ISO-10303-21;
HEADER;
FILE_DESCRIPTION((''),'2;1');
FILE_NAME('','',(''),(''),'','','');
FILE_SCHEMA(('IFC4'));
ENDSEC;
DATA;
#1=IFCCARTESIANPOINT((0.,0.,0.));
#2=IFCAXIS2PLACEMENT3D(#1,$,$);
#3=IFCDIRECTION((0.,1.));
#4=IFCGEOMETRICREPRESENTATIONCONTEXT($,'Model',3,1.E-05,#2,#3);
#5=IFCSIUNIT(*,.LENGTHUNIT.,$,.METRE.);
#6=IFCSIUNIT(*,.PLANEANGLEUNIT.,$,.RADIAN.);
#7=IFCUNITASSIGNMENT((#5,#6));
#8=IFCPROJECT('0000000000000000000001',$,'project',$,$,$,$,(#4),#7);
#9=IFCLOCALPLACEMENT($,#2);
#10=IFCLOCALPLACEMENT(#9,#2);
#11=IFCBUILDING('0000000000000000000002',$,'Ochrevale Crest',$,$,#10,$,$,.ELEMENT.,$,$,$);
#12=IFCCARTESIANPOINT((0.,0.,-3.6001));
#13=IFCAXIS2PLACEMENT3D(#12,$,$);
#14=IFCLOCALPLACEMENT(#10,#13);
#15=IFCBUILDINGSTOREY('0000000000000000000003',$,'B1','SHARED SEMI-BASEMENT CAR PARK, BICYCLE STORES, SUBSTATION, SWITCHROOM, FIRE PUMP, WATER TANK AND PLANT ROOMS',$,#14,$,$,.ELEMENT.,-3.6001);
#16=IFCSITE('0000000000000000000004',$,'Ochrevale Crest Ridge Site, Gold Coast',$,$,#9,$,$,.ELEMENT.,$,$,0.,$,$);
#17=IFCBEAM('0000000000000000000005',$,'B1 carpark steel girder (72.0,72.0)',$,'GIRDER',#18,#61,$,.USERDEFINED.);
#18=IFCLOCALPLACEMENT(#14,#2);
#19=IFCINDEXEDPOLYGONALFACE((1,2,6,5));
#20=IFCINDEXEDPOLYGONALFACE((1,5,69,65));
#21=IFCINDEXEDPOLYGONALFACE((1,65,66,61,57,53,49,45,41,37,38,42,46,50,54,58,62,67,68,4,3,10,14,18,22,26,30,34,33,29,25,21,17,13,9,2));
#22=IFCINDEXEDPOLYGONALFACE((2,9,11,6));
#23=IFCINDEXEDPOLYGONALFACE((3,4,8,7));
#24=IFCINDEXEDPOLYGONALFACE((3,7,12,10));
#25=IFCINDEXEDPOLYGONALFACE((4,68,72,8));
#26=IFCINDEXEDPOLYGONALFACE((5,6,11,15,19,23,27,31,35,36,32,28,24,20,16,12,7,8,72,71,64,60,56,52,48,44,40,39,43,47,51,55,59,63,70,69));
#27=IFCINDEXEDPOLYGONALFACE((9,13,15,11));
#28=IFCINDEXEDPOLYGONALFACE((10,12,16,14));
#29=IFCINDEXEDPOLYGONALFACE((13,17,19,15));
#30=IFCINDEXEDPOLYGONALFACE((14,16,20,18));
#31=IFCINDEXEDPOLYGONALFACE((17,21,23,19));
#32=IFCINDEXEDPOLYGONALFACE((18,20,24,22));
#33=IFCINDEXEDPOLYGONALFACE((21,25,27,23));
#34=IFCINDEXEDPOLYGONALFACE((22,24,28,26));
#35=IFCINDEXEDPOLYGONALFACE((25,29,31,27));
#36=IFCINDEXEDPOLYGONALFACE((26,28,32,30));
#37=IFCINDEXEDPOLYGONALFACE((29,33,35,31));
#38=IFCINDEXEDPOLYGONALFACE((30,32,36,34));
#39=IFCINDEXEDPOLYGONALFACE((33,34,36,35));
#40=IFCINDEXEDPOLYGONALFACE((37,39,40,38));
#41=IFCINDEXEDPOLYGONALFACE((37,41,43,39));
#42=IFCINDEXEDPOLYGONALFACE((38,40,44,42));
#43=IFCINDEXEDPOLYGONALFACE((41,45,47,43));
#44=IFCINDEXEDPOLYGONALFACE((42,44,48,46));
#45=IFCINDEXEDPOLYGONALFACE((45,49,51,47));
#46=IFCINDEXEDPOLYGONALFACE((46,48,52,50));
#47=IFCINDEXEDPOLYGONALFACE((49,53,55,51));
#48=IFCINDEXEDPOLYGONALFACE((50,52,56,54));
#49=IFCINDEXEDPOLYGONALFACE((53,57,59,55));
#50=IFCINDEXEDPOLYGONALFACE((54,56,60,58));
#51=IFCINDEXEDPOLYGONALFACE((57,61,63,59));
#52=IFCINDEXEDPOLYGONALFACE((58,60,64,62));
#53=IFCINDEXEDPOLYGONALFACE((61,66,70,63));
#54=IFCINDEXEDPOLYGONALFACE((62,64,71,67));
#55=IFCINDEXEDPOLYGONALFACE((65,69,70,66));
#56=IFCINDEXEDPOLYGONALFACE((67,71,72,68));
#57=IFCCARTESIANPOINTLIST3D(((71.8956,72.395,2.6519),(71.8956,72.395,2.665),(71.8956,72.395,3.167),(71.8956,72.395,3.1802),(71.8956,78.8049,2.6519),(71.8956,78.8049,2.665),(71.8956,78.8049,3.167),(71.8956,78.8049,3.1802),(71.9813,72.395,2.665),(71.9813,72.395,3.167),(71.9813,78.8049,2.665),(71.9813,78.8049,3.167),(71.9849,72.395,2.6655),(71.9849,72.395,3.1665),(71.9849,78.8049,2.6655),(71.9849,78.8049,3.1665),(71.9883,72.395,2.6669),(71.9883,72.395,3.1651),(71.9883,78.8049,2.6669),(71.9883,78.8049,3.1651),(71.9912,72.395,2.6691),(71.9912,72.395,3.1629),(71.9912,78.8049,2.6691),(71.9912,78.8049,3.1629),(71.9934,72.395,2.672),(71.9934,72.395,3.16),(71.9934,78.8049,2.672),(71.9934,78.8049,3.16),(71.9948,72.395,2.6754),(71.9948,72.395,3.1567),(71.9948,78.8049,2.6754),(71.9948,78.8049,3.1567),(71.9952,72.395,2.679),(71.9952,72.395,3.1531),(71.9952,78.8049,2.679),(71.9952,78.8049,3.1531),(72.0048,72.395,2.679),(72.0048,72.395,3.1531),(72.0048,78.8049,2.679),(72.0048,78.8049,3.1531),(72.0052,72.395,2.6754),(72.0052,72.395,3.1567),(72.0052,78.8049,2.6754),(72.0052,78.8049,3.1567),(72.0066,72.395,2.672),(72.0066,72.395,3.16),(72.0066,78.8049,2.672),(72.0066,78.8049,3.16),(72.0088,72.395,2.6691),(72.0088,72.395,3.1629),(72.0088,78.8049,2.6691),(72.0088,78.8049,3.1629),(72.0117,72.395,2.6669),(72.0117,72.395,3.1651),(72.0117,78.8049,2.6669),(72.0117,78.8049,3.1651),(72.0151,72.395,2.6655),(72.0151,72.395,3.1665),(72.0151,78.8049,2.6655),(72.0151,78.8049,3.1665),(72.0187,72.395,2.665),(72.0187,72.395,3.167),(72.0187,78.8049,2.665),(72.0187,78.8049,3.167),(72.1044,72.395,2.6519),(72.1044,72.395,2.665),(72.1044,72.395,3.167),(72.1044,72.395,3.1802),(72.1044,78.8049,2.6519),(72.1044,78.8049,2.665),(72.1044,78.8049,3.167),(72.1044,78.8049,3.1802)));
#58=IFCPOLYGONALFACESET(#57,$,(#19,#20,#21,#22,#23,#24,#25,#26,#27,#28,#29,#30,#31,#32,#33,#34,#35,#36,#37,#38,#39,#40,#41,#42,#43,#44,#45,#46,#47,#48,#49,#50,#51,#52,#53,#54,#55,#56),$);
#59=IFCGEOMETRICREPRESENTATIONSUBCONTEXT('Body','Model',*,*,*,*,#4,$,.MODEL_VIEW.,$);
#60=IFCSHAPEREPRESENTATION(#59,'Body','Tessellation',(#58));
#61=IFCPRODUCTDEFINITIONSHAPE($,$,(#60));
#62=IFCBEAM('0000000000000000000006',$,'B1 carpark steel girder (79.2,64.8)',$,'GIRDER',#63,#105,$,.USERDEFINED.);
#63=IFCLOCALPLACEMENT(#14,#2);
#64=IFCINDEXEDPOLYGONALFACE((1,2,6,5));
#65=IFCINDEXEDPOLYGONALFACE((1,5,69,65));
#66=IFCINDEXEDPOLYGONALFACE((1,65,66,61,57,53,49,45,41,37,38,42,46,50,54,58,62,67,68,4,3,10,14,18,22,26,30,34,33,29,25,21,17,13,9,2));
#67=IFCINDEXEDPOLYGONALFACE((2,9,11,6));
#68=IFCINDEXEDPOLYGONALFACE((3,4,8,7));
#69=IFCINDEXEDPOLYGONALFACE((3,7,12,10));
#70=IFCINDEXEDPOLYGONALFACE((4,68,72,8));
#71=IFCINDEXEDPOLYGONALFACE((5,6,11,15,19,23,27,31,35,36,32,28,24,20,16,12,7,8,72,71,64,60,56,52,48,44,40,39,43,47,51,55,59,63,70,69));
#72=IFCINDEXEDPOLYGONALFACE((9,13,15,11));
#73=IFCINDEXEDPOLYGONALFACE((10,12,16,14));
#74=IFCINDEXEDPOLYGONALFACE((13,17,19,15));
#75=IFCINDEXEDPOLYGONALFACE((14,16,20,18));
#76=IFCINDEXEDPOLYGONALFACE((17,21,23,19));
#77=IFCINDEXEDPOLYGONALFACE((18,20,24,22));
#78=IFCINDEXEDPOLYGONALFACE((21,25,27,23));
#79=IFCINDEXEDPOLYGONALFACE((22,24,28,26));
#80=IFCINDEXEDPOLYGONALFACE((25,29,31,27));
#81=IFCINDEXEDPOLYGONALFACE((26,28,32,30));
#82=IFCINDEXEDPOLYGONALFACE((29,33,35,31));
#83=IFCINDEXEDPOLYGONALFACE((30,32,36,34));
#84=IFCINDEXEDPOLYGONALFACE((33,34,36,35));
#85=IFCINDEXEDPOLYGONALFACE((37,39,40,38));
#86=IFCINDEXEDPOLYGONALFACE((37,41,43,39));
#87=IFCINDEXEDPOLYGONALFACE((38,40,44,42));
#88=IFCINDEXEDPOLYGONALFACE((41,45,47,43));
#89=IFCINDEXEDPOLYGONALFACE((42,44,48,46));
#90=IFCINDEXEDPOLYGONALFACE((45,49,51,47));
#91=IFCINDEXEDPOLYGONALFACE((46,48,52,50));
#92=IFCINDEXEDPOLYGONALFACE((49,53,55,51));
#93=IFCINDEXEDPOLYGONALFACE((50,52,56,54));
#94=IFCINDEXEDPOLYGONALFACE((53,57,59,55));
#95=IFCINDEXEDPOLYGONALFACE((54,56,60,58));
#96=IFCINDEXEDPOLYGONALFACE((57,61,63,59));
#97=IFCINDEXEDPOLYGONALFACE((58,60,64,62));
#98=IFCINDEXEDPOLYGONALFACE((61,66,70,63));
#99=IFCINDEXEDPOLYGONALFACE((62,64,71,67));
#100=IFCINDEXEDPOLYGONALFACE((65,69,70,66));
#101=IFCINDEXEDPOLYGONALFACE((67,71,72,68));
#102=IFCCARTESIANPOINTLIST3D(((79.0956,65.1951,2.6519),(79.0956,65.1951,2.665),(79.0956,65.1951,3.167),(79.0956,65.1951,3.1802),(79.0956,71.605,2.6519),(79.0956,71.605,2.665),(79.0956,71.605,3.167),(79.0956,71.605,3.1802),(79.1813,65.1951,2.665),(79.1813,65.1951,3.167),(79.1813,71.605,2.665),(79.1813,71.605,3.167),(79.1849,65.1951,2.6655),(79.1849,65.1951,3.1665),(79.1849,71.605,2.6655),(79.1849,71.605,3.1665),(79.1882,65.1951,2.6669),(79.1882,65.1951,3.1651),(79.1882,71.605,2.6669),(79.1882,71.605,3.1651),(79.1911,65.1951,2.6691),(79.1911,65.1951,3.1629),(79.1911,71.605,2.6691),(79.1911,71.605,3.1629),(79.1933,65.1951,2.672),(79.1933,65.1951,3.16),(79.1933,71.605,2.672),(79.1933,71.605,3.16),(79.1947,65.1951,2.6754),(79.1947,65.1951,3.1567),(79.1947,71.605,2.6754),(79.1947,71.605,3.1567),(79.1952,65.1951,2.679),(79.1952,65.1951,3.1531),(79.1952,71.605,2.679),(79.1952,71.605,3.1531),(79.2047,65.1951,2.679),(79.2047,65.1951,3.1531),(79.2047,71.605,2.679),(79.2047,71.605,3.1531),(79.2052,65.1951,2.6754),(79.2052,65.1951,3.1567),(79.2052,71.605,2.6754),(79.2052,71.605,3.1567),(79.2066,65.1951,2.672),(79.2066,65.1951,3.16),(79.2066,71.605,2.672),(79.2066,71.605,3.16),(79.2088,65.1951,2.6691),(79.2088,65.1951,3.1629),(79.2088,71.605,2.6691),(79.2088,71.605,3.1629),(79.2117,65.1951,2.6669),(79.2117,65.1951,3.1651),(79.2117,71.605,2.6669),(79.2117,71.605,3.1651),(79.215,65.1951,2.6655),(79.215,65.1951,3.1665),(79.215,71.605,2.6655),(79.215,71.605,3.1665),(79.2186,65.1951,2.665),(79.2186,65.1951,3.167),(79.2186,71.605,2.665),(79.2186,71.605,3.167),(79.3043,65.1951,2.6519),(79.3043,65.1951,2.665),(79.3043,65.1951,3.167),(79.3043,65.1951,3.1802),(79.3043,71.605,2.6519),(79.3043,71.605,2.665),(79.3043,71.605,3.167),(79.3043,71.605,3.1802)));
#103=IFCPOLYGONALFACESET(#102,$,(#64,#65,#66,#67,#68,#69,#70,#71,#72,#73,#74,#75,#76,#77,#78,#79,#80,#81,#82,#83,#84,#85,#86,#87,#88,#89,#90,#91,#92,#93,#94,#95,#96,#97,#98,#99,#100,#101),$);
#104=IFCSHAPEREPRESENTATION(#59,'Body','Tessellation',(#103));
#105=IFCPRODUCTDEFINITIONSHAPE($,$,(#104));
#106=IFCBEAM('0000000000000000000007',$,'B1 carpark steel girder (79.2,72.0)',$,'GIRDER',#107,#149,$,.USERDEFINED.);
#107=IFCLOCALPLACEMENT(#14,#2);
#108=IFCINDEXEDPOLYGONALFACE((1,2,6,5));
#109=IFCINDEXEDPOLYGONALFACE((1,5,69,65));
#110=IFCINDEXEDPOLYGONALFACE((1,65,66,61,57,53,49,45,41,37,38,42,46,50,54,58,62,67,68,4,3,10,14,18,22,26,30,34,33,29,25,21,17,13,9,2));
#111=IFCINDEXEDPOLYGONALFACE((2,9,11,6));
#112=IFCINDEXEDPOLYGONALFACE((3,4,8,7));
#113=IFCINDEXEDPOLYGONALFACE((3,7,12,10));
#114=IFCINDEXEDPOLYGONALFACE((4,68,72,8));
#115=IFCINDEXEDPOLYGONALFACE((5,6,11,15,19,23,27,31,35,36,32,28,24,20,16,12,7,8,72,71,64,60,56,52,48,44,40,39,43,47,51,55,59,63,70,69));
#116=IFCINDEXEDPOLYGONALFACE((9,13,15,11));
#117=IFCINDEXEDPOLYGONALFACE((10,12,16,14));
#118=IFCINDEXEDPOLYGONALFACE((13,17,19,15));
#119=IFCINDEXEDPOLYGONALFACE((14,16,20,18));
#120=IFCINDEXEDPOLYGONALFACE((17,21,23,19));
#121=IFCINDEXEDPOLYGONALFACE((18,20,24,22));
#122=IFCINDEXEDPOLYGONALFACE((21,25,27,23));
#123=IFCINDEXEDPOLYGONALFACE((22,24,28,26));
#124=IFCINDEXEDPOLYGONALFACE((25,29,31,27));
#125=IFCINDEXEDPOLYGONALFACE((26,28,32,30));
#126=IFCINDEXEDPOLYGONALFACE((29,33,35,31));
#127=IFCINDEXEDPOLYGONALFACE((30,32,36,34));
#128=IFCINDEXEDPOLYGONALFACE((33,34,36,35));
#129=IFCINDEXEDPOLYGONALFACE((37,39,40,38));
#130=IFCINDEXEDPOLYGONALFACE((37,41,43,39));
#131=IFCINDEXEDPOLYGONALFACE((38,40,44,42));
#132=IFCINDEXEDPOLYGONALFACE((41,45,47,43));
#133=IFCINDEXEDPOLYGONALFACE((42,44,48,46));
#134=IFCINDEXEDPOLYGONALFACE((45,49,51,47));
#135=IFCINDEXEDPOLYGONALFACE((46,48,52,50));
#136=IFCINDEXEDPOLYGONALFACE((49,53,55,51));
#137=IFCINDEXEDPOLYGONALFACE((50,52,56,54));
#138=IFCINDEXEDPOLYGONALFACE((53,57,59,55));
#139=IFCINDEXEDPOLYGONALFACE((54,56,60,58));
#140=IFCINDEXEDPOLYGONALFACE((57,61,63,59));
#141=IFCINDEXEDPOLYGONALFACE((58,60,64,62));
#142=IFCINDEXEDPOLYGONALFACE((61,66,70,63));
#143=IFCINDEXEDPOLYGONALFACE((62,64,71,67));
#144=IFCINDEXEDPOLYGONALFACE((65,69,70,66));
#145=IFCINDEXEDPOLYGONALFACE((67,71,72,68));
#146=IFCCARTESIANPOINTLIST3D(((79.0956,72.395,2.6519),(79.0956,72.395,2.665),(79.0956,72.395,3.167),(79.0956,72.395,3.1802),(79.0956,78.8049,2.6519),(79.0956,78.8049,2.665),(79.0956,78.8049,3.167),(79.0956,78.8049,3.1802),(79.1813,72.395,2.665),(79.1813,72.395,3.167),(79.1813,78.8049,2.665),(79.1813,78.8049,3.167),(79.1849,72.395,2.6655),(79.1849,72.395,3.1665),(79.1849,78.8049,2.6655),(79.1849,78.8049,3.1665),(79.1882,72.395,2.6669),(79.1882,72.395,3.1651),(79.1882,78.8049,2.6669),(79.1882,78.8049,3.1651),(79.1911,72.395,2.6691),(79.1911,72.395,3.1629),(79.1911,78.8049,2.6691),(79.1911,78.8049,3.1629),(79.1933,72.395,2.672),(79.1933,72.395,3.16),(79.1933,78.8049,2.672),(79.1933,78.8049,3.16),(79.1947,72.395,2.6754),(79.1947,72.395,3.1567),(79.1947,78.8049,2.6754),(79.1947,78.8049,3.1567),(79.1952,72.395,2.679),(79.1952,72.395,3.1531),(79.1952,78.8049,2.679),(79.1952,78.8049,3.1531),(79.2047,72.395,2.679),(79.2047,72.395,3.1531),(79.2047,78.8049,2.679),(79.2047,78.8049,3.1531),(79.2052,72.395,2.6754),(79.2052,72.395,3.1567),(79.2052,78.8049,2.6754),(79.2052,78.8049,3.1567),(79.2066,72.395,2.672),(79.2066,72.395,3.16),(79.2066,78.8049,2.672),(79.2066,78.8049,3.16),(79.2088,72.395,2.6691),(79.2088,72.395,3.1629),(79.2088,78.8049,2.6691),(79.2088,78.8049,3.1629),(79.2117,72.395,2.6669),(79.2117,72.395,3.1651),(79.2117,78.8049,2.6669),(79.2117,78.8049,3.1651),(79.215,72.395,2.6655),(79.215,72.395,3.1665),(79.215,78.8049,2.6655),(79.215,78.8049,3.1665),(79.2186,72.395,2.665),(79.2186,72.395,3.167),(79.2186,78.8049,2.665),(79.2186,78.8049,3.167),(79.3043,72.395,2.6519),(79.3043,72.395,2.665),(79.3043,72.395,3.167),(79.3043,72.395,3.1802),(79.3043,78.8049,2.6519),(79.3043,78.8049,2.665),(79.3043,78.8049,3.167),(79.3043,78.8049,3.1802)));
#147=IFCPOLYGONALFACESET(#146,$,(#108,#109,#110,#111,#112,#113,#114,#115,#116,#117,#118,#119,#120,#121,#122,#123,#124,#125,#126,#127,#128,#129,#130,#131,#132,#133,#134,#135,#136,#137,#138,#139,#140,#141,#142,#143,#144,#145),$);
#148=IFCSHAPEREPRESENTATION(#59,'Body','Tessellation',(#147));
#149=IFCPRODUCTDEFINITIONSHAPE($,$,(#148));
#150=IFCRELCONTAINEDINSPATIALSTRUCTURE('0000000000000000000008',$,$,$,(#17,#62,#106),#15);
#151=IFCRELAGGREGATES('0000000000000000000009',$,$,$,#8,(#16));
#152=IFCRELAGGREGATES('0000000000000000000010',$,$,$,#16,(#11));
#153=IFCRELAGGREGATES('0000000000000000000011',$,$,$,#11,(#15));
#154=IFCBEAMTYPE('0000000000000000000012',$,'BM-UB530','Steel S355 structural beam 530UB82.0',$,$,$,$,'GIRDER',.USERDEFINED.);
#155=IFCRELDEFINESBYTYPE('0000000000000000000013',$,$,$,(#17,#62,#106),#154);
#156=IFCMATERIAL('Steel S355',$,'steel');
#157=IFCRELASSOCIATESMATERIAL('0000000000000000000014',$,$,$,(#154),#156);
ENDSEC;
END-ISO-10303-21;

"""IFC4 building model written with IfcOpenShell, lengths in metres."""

from ifc_helpers import new_model, si_unit, direction, frame, origin, origin_2d, place, context, subcontext, project, spatial, i_section, extrude, material, material_profile, profile_set, type_object, element, save


model = new_model("IFC4")

# Units and contexts
model_context = context("Model", 3, precision=1e-05, world=origin(), true_north=direction((0.0, 1.0)))
body_context = subcontext(model_context, "Body", "Model", "MODEL_VIEW")
ifc_project = project(units=[si_unit("LENGTHUNIT", "METRE"), si_unit("PLANEANGLEUNIT", "RADIAN")], contexts=[model_context])

# Site, building, storey
site_placement = place(None, origin())
site = spatial("IfcSite", under=ifc_project, at=site_placement, Name="Ochrevale Crest Ridge Site, Gold Coast", CompositionType="ELEMENT", RefElevation=0.0)
building_placement = place(site_placement, origin())
building = spatial("IfcBuilding", under=site, at=building_placement, Name="Ochrevale Crest", CompositionType="ELEMENT")
storey_placement = place(building_placement, frame((0.0, 0.0, -3.6001)))
storey = spatial("IfcBuildingStorey", under=building, at=storey_placement, Name="B1", Description="SHARED SEMI-BASEMENT CAR PARK, BICYCLE STORES, SUBSTATION, SWITCHROOM, FIRE PUMP, WATER TANK AND PLANT ROOMS", CompositionType="ELEMENT", Elevation=-3.6001)

# Beams
ifc_material_1 = material(Name="Steel S355", Category="steel")
ifc_material_profile_1 = material_profile(ifc_material_1, i_section(OverallWidth=0.2087, OverallDepth=0.5283, WebThickness=0.0095, FlangeThickness=0.0132, FilletRadius=0.0139, at=origin_2d()), Name="530UB82.0")
ifc_profile_set_1 = profile_set([ifc_material_profile_1], Name="Steel S355")
beam_type = type_object("IfcBeamType", Name="BM-UB530", Description="Steel S355 structural beam 530UB82.0", ElementType="GIRDER", PredefinedType="USERDEFINED", material=ifc_profile_set_1)
for number, where, z_axis, x_axis, name in (
    (1, (72.0, 72.395, 2.916), (0.0, 1.0, 0.0), (-1.0, 0.0, 0.0), "B1 carpark steel girder (72.0,72.0)"),
    (2, (79.2, 65.1951, 2.916), (0.0, 1.0, 0.0), (-1.0, 0.0, 0.0), "B1 carpark steel girder (79.2,64.8)"),
    (3, (79.2, 72.395, 2.916), (0.0, 1.0, 0.0), (-1.0, 0.0, 0.0), "B1 carpark steel girder (79.2,72.0)"),
):
    element("IfcBeam", number, at=place(storey_placement, frame(where, z_axis=z_axis, x_axis=x_axis)), inside=storey, type_object=beam_type, Name=name, ObjectType="GIRDER", PredefinedType="USERDEFINED", context=body_context, shape_type="SweptSolid", body=[
        extrude(i_section(OverallWidth=0.2087, OverallDepth=0.5283, WebThickness=0.0095, FlangeThickness=0.0132, FilletRadius=0.0139, at=origin_2d()), origin(), (0.0, 0.0, 1.0), 6.4099),
    ])

save(model, "model.ifc")
